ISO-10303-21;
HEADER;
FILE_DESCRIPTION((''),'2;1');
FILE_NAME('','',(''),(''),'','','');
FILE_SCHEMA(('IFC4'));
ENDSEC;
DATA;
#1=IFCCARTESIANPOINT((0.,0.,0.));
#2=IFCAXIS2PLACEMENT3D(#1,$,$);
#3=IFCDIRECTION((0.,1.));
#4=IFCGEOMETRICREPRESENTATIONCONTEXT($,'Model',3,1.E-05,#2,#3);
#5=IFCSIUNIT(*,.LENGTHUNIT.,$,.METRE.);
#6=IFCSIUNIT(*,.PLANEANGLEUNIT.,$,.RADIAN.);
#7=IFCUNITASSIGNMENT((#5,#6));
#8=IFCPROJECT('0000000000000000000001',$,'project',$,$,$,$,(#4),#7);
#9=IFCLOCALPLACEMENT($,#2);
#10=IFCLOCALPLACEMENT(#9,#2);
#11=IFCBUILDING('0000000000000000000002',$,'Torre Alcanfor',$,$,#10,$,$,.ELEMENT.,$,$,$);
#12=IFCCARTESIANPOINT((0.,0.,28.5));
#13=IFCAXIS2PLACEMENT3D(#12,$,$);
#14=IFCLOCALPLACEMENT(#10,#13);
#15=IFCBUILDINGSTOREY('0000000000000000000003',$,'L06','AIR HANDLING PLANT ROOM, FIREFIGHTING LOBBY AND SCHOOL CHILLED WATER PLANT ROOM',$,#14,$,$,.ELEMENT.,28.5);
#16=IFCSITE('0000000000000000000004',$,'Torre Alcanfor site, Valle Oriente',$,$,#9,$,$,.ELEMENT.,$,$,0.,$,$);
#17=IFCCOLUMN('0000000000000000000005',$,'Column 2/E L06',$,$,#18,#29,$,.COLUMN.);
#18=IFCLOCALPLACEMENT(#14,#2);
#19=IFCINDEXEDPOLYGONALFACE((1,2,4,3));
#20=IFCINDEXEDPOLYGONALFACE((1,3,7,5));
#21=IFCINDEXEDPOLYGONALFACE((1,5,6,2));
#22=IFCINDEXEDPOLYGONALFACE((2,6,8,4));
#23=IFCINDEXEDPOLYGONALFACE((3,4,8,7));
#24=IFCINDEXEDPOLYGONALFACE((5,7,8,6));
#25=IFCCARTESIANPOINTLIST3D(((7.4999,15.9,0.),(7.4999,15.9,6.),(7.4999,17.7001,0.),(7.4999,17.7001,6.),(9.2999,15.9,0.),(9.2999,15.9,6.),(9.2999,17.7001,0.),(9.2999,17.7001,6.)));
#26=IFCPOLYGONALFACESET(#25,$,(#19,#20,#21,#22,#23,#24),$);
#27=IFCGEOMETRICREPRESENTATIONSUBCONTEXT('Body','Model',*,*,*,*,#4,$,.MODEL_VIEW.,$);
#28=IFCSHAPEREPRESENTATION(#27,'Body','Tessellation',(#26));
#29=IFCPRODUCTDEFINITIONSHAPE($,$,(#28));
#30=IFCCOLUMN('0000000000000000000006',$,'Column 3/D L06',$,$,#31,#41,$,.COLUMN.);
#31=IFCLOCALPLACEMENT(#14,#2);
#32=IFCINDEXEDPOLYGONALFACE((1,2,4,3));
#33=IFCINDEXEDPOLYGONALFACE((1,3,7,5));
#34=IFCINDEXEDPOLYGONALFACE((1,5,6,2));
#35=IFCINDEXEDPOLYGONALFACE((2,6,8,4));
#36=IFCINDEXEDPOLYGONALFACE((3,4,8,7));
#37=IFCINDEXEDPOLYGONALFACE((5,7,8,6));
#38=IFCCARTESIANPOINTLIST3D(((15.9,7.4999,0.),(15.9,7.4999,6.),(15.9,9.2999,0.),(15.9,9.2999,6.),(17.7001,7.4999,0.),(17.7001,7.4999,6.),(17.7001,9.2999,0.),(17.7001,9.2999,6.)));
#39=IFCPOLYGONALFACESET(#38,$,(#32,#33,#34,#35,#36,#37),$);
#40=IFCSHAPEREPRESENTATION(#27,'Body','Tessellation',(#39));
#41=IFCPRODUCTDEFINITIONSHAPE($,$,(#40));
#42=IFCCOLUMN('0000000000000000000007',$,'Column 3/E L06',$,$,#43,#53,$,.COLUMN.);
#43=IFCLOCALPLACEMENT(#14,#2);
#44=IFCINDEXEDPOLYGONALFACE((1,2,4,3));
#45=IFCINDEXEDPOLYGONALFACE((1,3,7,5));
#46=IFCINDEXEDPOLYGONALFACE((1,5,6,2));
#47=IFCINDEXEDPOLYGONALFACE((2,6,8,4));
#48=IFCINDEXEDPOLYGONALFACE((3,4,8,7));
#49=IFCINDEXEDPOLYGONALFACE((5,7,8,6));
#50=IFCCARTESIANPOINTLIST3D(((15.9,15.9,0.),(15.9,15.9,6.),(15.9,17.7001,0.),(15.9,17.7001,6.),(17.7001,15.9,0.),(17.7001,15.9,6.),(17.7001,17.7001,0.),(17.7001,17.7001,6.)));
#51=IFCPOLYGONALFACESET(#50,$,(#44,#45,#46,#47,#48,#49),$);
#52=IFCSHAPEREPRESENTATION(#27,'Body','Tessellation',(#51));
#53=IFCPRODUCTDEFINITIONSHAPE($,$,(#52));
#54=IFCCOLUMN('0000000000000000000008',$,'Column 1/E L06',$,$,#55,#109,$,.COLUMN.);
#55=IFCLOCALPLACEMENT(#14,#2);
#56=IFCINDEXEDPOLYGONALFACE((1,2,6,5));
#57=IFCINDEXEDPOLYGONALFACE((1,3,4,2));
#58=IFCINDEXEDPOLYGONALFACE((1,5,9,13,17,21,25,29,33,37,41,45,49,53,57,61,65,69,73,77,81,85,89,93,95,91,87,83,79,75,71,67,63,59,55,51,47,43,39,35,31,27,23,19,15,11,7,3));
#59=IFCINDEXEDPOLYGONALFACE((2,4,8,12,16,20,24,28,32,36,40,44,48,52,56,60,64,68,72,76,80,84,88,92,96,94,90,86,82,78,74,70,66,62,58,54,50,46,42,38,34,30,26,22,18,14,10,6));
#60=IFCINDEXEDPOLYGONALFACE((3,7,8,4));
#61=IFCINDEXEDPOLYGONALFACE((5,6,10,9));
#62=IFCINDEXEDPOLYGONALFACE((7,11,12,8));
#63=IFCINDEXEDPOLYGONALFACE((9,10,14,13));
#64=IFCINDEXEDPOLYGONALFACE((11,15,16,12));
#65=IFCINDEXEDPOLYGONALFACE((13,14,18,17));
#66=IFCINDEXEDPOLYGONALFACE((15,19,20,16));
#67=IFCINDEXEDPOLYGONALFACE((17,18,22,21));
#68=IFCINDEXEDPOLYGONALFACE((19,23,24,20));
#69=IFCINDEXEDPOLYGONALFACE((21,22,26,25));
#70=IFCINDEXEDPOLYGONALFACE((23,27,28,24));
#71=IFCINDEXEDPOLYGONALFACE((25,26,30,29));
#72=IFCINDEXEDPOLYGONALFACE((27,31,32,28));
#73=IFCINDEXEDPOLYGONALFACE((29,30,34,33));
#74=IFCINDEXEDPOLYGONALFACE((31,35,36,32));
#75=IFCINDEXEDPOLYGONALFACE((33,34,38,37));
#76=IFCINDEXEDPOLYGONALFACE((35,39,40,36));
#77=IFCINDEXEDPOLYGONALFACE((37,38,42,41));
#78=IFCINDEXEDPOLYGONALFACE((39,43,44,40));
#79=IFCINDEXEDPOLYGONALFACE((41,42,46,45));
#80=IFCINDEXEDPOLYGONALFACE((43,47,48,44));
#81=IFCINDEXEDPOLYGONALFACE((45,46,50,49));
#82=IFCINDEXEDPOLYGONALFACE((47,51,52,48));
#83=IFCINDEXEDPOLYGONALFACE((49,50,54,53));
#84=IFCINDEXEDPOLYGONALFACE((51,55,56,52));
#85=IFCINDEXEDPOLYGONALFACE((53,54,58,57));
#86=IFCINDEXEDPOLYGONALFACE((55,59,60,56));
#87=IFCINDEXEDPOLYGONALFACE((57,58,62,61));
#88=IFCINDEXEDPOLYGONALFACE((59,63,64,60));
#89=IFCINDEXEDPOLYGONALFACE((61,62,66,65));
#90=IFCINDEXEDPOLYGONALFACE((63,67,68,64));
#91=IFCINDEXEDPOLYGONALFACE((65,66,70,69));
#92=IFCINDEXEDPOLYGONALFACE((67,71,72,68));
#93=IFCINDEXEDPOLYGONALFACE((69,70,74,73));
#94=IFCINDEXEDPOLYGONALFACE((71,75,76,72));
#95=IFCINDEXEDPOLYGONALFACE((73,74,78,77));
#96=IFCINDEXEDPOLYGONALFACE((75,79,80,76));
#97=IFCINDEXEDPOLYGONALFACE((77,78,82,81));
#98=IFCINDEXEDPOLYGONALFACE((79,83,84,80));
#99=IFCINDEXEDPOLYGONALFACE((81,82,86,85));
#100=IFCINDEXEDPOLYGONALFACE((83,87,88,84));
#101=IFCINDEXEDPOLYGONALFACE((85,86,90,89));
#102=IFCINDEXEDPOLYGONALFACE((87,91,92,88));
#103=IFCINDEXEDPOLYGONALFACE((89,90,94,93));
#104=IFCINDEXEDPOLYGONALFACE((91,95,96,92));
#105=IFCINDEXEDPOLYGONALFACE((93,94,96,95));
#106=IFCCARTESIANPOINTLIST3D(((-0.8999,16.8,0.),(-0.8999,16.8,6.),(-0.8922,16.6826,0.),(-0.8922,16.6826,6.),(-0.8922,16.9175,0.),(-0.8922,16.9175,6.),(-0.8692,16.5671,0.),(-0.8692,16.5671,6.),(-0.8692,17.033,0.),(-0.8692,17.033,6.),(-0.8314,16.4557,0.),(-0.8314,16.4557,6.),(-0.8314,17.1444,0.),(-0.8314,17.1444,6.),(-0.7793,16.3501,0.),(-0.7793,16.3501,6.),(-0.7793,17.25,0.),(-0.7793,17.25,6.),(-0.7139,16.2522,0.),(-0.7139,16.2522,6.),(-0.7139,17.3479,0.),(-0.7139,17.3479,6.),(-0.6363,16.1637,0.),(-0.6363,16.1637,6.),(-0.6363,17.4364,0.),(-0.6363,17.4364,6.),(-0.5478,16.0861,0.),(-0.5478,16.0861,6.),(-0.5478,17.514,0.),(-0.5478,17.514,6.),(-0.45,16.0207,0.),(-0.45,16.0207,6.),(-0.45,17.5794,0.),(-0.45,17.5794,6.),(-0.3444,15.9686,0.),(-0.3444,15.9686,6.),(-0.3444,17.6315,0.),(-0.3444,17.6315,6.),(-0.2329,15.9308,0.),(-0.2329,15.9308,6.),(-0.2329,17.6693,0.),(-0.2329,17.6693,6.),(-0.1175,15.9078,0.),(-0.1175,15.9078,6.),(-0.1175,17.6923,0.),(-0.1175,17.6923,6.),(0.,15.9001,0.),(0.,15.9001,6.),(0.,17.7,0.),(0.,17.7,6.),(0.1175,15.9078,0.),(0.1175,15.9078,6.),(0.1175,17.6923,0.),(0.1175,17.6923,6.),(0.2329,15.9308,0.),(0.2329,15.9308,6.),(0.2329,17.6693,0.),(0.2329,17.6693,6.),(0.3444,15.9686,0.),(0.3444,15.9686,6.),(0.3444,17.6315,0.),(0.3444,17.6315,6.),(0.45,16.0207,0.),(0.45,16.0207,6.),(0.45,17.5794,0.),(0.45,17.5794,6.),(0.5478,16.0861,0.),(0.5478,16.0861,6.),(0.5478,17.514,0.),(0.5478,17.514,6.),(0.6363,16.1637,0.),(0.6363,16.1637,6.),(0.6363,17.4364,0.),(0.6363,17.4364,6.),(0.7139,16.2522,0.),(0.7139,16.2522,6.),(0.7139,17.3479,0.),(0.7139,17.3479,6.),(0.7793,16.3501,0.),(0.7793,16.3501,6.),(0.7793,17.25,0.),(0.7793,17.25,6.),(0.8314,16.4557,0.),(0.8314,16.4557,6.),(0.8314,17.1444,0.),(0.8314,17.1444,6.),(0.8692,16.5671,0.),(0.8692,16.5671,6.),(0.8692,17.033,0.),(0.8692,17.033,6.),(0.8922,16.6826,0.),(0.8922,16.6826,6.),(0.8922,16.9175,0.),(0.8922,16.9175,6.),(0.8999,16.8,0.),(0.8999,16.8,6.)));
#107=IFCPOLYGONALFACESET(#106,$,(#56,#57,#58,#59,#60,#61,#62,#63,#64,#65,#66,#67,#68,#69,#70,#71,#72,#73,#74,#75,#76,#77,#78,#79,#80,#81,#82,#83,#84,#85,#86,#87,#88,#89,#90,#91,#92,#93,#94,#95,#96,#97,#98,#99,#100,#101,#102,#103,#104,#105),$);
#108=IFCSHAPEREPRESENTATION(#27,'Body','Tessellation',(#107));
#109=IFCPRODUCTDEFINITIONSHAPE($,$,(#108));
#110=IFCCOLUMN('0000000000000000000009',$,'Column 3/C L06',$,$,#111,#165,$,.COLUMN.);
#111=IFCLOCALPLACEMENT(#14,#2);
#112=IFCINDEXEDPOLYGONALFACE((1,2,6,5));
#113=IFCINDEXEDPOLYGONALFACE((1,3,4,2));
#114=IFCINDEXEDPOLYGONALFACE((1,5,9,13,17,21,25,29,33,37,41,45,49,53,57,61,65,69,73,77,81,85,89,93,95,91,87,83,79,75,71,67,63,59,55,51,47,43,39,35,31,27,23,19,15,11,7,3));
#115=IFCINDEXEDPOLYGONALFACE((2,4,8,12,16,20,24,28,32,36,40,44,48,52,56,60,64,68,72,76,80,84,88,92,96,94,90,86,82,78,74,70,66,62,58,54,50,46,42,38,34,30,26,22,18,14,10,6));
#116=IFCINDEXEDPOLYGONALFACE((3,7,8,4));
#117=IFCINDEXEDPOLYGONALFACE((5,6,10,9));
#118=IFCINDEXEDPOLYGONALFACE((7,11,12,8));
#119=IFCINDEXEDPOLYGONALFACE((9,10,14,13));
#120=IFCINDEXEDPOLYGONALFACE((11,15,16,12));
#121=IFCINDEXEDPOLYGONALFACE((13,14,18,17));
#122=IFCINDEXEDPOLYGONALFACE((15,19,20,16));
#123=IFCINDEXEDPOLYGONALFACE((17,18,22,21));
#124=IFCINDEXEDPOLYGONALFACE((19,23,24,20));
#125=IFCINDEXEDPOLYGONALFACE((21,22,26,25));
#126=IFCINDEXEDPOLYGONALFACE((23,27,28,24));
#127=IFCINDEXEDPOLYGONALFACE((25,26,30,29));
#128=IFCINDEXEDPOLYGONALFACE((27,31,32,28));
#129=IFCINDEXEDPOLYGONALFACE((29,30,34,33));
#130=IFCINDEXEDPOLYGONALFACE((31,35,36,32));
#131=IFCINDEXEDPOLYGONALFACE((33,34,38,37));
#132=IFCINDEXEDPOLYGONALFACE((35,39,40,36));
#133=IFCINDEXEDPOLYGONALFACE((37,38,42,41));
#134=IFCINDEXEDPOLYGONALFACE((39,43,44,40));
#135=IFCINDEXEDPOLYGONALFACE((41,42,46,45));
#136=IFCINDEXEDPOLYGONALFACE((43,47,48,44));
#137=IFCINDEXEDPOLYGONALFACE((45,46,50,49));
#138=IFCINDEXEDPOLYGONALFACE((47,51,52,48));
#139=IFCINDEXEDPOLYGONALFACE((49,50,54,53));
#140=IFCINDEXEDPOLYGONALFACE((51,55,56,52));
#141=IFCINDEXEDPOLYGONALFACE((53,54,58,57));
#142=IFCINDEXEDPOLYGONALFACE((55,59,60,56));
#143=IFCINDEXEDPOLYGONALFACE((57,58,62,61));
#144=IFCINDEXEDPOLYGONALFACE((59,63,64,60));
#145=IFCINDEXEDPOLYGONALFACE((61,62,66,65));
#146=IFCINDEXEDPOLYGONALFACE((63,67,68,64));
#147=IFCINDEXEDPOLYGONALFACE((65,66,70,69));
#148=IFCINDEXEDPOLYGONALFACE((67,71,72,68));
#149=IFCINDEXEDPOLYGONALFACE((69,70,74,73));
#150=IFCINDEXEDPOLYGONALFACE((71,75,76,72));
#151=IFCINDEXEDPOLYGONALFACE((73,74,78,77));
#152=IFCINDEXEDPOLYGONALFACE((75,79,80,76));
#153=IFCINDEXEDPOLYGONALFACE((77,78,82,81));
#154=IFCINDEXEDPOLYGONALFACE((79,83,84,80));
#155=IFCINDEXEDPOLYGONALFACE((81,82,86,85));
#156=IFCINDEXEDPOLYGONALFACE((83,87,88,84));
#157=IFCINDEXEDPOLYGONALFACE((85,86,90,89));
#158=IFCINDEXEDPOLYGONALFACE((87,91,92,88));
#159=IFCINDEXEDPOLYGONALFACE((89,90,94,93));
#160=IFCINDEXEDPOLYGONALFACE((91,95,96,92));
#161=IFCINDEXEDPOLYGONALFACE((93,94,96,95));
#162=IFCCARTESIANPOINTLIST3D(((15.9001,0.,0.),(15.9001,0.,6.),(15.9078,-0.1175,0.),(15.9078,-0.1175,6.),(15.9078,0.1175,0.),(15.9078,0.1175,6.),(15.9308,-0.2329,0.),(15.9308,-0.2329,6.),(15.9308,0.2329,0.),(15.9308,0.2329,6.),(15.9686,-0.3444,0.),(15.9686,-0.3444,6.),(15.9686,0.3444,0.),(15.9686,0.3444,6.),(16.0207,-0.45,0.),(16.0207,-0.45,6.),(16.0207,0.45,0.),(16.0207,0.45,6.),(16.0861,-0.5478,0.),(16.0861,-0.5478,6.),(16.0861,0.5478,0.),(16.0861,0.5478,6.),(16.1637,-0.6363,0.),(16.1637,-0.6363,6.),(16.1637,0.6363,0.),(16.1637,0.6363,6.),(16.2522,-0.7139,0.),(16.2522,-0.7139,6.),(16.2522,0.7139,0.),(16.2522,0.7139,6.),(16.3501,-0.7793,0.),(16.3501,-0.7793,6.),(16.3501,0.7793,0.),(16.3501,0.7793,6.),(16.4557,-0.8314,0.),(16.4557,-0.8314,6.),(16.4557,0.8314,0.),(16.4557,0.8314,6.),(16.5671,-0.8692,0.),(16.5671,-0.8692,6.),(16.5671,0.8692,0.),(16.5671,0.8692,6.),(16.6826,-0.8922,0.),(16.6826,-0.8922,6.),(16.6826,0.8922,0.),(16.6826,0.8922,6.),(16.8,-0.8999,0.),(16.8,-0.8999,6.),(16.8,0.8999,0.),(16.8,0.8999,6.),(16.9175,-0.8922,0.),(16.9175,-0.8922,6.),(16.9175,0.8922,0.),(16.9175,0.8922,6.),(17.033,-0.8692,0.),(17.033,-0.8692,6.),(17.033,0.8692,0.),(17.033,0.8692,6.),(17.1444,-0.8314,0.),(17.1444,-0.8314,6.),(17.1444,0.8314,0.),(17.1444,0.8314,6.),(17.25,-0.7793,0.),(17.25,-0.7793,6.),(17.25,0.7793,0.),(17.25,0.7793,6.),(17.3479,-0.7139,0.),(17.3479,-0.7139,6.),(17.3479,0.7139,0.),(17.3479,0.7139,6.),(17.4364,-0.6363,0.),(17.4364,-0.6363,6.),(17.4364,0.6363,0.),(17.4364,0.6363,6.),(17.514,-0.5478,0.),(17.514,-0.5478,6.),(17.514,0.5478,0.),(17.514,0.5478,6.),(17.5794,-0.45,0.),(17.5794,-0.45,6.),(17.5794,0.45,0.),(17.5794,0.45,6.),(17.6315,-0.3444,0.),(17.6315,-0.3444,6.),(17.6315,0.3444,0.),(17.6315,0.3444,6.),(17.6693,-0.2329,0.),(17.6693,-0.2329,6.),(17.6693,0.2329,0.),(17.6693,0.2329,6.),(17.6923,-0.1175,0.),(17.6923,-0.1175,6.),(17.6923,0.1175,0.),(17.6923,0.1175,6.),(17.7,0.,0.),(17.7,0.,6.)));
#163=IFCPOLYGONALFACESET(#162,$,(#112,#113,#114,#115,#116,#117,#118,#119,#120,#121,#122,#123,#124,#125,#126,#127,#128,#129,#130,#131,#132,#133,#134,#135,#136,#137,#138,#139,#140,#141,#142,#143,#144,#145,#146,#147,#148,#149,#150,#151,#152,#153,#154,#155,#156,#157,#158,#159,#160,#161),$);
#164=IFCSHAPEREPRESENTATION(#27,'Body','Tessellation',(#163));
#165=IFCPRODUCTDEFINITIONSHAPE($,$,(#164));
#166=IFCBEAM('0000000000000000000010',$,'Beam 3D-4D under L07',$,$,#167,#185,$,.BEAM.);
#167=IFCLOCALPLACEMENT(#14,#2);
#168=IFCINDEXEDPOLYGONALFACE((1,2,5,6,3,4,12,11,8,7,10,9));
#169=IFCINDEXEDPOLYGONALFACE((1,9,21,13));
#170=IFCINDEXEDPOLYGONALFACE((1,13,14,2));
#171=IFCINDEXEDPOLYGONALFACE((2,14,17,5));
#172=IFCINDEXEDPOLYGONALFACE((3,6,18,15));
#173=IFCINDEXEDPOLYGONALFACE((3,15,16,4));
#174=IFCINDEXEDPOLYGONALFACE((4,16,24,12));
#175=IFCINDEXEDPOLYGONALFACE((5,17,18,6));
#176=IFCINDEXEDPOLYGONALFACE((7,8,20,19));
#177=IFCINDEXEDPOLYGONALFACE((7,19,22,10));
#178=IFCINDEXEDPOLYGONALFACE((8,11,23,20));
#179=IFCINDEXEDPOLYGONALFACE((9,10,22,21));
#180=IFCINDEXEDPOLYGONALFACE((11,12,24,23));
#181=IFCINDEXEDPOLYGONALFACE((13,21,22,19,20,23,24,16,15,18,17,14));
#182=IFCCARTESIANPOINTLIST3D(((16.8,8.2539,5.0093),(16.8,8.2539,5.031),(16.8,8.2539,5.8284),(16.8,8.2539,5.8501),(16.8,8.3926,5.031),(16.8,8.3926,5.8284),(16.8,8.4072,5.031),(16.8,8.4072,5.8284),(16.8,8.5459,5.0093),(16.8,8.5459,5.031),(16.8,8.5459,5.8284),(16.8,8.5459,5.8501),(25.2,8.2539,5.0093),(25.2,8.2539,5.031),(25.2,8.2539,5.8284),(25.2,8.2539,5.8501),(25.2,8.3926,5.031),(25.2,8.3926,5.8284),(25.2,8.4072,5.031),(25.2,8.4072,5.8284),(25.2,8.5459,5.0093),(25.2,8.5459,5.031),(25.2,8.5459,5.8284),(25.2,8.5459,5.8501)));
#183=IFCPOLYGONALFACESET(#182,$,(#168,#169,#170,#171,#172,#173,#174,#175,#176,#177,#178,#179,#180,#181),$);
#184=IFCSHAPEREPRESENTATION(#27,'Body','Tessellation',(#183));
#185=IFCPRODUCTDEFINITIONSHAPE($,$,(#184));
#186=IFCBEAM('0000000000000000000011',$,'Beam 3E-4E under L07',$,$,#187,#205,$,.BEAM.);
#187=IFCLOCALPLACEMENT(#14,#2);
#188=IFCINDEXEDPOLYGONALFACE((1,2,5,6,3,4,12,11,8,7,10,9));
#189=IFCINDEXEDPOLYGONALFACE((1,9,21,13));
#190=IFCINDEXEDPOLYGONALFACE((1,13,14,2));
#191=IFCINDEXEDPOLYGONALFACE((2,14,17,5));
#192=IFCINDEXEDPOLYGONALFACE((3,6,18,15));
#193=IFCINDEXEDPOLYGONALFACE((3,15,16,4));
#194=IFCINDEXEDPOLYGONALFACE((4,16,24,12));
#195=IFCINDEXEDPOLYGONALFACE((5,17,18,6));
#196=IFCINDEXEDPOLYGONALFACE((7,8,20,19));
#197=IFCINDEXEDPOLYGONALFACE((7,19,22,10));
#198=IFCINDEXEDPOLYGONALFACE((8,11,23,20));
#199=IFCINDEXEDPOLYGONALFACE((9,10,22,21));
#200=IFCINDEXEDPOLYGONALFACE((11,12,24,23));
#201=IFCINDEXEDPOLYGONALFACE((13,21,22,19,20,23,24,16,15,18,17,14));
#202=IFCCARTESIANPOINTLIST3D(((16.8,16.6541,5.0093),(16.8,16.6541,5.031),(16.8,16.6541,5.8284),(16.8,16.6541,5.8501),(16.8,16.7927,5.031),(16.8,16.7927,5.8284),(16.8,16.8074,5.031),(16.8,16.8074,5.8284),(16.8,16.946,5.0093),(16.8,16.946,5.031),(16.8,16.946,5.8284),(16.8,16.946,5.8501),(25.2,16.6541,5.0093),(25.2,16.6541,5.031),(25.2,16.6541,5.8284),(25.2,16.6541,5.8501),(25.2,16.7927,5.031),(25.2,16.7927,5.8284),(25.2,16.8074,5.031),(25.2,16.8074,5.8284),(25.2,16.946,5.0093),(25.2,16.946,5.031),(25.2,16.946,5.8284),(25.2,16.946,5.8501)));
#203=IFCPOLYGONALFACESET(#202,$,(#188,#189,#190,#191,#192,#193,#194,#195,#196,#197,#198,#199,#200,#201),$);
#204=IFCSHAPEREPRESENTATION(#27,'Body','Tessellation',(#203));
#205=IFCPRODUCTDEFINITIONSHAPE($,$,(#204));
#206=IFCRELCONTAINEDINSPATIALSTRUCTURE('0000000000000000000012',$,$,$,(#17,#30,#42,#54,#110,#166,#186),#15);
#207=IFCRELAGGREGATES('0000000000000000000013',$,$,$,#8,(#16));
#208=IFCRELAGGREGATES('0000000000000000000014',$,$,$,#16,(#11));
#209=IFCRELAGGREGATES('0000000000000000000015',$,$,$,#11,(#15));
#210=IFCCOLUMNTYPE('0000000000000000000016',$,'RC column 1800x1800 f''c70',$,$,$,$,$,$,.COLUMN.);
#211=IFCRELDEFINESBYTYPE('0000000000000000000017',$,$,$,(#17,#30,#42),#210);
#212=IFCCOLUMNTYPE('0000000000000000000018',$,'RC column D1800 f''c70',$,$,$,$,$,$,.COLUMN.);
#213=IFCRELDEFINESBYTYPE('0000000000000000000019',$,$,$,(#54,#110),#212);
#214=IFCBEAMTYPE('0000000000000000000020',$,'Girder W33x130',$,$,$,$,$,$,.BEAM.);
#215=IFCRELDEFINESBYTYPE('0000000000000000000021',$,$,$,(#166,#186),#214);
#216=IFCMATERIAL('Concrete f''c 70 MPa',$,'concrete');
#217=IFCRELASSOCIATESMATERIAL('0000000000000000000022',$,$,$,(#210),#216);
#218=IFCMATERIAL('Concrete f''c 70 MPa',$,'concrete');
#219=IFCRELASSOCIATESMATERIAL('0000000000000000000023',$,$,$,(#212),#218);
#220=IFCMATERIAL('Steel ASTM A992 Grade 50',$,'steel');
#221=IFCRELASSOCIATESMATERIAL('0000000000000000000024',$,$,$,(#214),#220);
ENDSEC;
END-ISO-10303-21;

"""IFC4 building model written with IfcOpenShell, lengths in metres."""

from ifc_helpers import new_model, si_unit, direction, frame, origin, origin_2d, place, context, subcontext, project, spatial, rectangle, circle, i_section, extrude, material, material_profile, profile_set, type_object, element, save


model = new_model("IFC4")

# Units and contexts
model_context = context("Model", 3, precision=1e-05, world=origin(), true_north=direction((0.0, 1.0)))
body_context = subcontext(model_context, "Body", "Model", "MODEL_VIEW")
ifc_project = project(units=[si_unit("LENGTHUNIT", "METRE"), si_unit("PLANEANGLEUNIT", "RADIAN")], contexts=[model_context])

# Site, building, storey
site_placement = place(None, origin())
site = spatial("IfcSite", under=ifc_project, at=site_placement, Name="Torre Alcanfor site, Valle Oriente", CompositionType="ELEMENT", RefElevation=0.0)
building_placement = place(site_placement, origin())
building = spatial("IfcBuilding", under=site, at=building_placement, Name="Torre Alcanfor", CompositionType="ELEMENT")
storey_placement = place(building_placement, frame((0.0, 0.0, 28.5)))
storey = spatial("IfcBuildingStorey", under=building, at=storey_placement, Name="L06", Description="AIR HANDLING PLANT ROOM, FIREFIGHTING LOBBY AND SCHOOL CHILLED WATER PLANT ROOM", CompositionType="ELEMENT", Elevation=28.5)

# Columns
ifc_material_1 = material(Name="Concrete f'c 70 MPa", Category="concrete")
ifc_material_profile_1 = material_profile(ifc_material_1, rectangle(XDim=1.8, YDim=1.8, at=origin_2d()), Name="1800x1800")
ifc_profile_set_1 = profile_set([ifc_material_profile_1], Name="Concrete f'c 70 MPa")
column_type_1 = type_object("IfcColumnType", Name="RC column 1800x1800 f'c70", PredefinedType="COLUMN", material=ifc_profile_set_1)
for number, where, z_axis, x_axis, name in (
    (1, (8.3999, 16.8, 0.0), (0.0, 0.0, 1.0), (1.0, 0.0, 0.0), "Column 2/E L06"),
    (2, (16.8, 8.3999, 0.0), (0.0, 0.0, 1.0), (1.0, 0.0, 0.0), "Column 3/D L06"),
    (3, (16.8, 16.8, 0.0), (0.0, 0.0, 1.0), (1.0, 0.0, 0.0), "Column 3/E L06"),
):
    element("IfcColumn", number, at=place(storey_placement, frame(where, z_axis=z_axis, x_axis=x_axis)), inside=storey, type_object=column_type_1, Name=name, PredefinedType="COLUMN", context=body_context, shape_type="SweptSolid", body=[
        extrude(rectangle(XDim=1.8, YDim=1.8, at=origin_2d()), origin(), (0.0, 0.0, 1.0), 6.0),
    ])
ifc_material_2 = material(Name="Concrete f'c 70 MPa", Category="concrete")
ifc_material_profile_2 = material_profile(ifc_material_2, circle(Radius=0.8999, at=origin_2d()), Name="D1800")
ifc_profile_set_2 = profile_set([ifc_material_profile_2], Name="Concrete f'c 70 MPa")
column_type_2 = type_object("IfcColumnType", Name="RC column D1800 f'c70", PredefinedType="COLUMN", material=ifc_profile_set_2)
for number, where, z_axis, x_axis, name in (
    (4, (0.0, 16.8, 0.0), (0.0, 0.0, 1.0), (1.0, 0.0, 0.0), "Column 1/E L06"),
    (5, (16.8, 0.0, 0.0), (0.0, 0.0, 1.0), (1.0, 0.0, 0.0), "Column 3/C L06"),
):
    element("IfcColumn", number, at=place(storey_placement, frame(where, z_axis=z_axis, x_axis=x_axis)), inside=storey, type_object=column_type_2, Name=name, PredefinedType="COLUMN", context=body_context, shape_type="SweptSolid", body=[
        extrude(circle(Radius=0.8999, at=origin_2d()), origin(), (0.0, 0.0, 1.0), 6.0),
    ])

# Beams
ifc_material_3 = material(Name="Steel ASTM A992 Grade 50", Category="steel")
ifc_material_profile_3 = material_profile(ifc_material_3, i_section(OverallWidth=0.292, OverallDepth=0.8408, WebThickness=0.0146, FlangeThickness=0.0217, at=origin_2d()), Name="W33x130")
ifc_profile_set_3 = profile_set([ifc_material_profile_3], Name="Steel ASTM A992 Grade 50")
beam_type_1 = type_object("IfcBeamType", Name="Girder W33x130", PredefinedType="BEAM", material=ifc_profile_set_3)
for number, where, z_axis, x_axis, name in (
    (6, (16.8, 8.3999, 5.4297), (1.0, 0.0, 0.0), (0.0, 1.0, 0.0), "Beam 3D-4D under L07"),
    (7, (16.8, 16.8, 5.4297), (1.0, 0.0, 0.0), (0.0, 1.0, 0.0), "Beam 3E-4E under L07"),
):
    element("IfcBeam", number, at=place(storey_placement, frame(where, z_axis=z_axis, x_axis=x_axis)), inside=storey, type_object=beam_type_1, Name=name, PredefinedType="BEAM", context=body_context, shape_type="SweptSolid", body=[
        extrude(i_section(OverallWidth=0.292, OverallDepth=0.8408, WebThickness=0.0146, FlangeThickness=0.0217, at=origin_2d()), origin(), (0.0, 0.0, 1.0), 8.3999),
    ])

save(model, "model.ifc")
